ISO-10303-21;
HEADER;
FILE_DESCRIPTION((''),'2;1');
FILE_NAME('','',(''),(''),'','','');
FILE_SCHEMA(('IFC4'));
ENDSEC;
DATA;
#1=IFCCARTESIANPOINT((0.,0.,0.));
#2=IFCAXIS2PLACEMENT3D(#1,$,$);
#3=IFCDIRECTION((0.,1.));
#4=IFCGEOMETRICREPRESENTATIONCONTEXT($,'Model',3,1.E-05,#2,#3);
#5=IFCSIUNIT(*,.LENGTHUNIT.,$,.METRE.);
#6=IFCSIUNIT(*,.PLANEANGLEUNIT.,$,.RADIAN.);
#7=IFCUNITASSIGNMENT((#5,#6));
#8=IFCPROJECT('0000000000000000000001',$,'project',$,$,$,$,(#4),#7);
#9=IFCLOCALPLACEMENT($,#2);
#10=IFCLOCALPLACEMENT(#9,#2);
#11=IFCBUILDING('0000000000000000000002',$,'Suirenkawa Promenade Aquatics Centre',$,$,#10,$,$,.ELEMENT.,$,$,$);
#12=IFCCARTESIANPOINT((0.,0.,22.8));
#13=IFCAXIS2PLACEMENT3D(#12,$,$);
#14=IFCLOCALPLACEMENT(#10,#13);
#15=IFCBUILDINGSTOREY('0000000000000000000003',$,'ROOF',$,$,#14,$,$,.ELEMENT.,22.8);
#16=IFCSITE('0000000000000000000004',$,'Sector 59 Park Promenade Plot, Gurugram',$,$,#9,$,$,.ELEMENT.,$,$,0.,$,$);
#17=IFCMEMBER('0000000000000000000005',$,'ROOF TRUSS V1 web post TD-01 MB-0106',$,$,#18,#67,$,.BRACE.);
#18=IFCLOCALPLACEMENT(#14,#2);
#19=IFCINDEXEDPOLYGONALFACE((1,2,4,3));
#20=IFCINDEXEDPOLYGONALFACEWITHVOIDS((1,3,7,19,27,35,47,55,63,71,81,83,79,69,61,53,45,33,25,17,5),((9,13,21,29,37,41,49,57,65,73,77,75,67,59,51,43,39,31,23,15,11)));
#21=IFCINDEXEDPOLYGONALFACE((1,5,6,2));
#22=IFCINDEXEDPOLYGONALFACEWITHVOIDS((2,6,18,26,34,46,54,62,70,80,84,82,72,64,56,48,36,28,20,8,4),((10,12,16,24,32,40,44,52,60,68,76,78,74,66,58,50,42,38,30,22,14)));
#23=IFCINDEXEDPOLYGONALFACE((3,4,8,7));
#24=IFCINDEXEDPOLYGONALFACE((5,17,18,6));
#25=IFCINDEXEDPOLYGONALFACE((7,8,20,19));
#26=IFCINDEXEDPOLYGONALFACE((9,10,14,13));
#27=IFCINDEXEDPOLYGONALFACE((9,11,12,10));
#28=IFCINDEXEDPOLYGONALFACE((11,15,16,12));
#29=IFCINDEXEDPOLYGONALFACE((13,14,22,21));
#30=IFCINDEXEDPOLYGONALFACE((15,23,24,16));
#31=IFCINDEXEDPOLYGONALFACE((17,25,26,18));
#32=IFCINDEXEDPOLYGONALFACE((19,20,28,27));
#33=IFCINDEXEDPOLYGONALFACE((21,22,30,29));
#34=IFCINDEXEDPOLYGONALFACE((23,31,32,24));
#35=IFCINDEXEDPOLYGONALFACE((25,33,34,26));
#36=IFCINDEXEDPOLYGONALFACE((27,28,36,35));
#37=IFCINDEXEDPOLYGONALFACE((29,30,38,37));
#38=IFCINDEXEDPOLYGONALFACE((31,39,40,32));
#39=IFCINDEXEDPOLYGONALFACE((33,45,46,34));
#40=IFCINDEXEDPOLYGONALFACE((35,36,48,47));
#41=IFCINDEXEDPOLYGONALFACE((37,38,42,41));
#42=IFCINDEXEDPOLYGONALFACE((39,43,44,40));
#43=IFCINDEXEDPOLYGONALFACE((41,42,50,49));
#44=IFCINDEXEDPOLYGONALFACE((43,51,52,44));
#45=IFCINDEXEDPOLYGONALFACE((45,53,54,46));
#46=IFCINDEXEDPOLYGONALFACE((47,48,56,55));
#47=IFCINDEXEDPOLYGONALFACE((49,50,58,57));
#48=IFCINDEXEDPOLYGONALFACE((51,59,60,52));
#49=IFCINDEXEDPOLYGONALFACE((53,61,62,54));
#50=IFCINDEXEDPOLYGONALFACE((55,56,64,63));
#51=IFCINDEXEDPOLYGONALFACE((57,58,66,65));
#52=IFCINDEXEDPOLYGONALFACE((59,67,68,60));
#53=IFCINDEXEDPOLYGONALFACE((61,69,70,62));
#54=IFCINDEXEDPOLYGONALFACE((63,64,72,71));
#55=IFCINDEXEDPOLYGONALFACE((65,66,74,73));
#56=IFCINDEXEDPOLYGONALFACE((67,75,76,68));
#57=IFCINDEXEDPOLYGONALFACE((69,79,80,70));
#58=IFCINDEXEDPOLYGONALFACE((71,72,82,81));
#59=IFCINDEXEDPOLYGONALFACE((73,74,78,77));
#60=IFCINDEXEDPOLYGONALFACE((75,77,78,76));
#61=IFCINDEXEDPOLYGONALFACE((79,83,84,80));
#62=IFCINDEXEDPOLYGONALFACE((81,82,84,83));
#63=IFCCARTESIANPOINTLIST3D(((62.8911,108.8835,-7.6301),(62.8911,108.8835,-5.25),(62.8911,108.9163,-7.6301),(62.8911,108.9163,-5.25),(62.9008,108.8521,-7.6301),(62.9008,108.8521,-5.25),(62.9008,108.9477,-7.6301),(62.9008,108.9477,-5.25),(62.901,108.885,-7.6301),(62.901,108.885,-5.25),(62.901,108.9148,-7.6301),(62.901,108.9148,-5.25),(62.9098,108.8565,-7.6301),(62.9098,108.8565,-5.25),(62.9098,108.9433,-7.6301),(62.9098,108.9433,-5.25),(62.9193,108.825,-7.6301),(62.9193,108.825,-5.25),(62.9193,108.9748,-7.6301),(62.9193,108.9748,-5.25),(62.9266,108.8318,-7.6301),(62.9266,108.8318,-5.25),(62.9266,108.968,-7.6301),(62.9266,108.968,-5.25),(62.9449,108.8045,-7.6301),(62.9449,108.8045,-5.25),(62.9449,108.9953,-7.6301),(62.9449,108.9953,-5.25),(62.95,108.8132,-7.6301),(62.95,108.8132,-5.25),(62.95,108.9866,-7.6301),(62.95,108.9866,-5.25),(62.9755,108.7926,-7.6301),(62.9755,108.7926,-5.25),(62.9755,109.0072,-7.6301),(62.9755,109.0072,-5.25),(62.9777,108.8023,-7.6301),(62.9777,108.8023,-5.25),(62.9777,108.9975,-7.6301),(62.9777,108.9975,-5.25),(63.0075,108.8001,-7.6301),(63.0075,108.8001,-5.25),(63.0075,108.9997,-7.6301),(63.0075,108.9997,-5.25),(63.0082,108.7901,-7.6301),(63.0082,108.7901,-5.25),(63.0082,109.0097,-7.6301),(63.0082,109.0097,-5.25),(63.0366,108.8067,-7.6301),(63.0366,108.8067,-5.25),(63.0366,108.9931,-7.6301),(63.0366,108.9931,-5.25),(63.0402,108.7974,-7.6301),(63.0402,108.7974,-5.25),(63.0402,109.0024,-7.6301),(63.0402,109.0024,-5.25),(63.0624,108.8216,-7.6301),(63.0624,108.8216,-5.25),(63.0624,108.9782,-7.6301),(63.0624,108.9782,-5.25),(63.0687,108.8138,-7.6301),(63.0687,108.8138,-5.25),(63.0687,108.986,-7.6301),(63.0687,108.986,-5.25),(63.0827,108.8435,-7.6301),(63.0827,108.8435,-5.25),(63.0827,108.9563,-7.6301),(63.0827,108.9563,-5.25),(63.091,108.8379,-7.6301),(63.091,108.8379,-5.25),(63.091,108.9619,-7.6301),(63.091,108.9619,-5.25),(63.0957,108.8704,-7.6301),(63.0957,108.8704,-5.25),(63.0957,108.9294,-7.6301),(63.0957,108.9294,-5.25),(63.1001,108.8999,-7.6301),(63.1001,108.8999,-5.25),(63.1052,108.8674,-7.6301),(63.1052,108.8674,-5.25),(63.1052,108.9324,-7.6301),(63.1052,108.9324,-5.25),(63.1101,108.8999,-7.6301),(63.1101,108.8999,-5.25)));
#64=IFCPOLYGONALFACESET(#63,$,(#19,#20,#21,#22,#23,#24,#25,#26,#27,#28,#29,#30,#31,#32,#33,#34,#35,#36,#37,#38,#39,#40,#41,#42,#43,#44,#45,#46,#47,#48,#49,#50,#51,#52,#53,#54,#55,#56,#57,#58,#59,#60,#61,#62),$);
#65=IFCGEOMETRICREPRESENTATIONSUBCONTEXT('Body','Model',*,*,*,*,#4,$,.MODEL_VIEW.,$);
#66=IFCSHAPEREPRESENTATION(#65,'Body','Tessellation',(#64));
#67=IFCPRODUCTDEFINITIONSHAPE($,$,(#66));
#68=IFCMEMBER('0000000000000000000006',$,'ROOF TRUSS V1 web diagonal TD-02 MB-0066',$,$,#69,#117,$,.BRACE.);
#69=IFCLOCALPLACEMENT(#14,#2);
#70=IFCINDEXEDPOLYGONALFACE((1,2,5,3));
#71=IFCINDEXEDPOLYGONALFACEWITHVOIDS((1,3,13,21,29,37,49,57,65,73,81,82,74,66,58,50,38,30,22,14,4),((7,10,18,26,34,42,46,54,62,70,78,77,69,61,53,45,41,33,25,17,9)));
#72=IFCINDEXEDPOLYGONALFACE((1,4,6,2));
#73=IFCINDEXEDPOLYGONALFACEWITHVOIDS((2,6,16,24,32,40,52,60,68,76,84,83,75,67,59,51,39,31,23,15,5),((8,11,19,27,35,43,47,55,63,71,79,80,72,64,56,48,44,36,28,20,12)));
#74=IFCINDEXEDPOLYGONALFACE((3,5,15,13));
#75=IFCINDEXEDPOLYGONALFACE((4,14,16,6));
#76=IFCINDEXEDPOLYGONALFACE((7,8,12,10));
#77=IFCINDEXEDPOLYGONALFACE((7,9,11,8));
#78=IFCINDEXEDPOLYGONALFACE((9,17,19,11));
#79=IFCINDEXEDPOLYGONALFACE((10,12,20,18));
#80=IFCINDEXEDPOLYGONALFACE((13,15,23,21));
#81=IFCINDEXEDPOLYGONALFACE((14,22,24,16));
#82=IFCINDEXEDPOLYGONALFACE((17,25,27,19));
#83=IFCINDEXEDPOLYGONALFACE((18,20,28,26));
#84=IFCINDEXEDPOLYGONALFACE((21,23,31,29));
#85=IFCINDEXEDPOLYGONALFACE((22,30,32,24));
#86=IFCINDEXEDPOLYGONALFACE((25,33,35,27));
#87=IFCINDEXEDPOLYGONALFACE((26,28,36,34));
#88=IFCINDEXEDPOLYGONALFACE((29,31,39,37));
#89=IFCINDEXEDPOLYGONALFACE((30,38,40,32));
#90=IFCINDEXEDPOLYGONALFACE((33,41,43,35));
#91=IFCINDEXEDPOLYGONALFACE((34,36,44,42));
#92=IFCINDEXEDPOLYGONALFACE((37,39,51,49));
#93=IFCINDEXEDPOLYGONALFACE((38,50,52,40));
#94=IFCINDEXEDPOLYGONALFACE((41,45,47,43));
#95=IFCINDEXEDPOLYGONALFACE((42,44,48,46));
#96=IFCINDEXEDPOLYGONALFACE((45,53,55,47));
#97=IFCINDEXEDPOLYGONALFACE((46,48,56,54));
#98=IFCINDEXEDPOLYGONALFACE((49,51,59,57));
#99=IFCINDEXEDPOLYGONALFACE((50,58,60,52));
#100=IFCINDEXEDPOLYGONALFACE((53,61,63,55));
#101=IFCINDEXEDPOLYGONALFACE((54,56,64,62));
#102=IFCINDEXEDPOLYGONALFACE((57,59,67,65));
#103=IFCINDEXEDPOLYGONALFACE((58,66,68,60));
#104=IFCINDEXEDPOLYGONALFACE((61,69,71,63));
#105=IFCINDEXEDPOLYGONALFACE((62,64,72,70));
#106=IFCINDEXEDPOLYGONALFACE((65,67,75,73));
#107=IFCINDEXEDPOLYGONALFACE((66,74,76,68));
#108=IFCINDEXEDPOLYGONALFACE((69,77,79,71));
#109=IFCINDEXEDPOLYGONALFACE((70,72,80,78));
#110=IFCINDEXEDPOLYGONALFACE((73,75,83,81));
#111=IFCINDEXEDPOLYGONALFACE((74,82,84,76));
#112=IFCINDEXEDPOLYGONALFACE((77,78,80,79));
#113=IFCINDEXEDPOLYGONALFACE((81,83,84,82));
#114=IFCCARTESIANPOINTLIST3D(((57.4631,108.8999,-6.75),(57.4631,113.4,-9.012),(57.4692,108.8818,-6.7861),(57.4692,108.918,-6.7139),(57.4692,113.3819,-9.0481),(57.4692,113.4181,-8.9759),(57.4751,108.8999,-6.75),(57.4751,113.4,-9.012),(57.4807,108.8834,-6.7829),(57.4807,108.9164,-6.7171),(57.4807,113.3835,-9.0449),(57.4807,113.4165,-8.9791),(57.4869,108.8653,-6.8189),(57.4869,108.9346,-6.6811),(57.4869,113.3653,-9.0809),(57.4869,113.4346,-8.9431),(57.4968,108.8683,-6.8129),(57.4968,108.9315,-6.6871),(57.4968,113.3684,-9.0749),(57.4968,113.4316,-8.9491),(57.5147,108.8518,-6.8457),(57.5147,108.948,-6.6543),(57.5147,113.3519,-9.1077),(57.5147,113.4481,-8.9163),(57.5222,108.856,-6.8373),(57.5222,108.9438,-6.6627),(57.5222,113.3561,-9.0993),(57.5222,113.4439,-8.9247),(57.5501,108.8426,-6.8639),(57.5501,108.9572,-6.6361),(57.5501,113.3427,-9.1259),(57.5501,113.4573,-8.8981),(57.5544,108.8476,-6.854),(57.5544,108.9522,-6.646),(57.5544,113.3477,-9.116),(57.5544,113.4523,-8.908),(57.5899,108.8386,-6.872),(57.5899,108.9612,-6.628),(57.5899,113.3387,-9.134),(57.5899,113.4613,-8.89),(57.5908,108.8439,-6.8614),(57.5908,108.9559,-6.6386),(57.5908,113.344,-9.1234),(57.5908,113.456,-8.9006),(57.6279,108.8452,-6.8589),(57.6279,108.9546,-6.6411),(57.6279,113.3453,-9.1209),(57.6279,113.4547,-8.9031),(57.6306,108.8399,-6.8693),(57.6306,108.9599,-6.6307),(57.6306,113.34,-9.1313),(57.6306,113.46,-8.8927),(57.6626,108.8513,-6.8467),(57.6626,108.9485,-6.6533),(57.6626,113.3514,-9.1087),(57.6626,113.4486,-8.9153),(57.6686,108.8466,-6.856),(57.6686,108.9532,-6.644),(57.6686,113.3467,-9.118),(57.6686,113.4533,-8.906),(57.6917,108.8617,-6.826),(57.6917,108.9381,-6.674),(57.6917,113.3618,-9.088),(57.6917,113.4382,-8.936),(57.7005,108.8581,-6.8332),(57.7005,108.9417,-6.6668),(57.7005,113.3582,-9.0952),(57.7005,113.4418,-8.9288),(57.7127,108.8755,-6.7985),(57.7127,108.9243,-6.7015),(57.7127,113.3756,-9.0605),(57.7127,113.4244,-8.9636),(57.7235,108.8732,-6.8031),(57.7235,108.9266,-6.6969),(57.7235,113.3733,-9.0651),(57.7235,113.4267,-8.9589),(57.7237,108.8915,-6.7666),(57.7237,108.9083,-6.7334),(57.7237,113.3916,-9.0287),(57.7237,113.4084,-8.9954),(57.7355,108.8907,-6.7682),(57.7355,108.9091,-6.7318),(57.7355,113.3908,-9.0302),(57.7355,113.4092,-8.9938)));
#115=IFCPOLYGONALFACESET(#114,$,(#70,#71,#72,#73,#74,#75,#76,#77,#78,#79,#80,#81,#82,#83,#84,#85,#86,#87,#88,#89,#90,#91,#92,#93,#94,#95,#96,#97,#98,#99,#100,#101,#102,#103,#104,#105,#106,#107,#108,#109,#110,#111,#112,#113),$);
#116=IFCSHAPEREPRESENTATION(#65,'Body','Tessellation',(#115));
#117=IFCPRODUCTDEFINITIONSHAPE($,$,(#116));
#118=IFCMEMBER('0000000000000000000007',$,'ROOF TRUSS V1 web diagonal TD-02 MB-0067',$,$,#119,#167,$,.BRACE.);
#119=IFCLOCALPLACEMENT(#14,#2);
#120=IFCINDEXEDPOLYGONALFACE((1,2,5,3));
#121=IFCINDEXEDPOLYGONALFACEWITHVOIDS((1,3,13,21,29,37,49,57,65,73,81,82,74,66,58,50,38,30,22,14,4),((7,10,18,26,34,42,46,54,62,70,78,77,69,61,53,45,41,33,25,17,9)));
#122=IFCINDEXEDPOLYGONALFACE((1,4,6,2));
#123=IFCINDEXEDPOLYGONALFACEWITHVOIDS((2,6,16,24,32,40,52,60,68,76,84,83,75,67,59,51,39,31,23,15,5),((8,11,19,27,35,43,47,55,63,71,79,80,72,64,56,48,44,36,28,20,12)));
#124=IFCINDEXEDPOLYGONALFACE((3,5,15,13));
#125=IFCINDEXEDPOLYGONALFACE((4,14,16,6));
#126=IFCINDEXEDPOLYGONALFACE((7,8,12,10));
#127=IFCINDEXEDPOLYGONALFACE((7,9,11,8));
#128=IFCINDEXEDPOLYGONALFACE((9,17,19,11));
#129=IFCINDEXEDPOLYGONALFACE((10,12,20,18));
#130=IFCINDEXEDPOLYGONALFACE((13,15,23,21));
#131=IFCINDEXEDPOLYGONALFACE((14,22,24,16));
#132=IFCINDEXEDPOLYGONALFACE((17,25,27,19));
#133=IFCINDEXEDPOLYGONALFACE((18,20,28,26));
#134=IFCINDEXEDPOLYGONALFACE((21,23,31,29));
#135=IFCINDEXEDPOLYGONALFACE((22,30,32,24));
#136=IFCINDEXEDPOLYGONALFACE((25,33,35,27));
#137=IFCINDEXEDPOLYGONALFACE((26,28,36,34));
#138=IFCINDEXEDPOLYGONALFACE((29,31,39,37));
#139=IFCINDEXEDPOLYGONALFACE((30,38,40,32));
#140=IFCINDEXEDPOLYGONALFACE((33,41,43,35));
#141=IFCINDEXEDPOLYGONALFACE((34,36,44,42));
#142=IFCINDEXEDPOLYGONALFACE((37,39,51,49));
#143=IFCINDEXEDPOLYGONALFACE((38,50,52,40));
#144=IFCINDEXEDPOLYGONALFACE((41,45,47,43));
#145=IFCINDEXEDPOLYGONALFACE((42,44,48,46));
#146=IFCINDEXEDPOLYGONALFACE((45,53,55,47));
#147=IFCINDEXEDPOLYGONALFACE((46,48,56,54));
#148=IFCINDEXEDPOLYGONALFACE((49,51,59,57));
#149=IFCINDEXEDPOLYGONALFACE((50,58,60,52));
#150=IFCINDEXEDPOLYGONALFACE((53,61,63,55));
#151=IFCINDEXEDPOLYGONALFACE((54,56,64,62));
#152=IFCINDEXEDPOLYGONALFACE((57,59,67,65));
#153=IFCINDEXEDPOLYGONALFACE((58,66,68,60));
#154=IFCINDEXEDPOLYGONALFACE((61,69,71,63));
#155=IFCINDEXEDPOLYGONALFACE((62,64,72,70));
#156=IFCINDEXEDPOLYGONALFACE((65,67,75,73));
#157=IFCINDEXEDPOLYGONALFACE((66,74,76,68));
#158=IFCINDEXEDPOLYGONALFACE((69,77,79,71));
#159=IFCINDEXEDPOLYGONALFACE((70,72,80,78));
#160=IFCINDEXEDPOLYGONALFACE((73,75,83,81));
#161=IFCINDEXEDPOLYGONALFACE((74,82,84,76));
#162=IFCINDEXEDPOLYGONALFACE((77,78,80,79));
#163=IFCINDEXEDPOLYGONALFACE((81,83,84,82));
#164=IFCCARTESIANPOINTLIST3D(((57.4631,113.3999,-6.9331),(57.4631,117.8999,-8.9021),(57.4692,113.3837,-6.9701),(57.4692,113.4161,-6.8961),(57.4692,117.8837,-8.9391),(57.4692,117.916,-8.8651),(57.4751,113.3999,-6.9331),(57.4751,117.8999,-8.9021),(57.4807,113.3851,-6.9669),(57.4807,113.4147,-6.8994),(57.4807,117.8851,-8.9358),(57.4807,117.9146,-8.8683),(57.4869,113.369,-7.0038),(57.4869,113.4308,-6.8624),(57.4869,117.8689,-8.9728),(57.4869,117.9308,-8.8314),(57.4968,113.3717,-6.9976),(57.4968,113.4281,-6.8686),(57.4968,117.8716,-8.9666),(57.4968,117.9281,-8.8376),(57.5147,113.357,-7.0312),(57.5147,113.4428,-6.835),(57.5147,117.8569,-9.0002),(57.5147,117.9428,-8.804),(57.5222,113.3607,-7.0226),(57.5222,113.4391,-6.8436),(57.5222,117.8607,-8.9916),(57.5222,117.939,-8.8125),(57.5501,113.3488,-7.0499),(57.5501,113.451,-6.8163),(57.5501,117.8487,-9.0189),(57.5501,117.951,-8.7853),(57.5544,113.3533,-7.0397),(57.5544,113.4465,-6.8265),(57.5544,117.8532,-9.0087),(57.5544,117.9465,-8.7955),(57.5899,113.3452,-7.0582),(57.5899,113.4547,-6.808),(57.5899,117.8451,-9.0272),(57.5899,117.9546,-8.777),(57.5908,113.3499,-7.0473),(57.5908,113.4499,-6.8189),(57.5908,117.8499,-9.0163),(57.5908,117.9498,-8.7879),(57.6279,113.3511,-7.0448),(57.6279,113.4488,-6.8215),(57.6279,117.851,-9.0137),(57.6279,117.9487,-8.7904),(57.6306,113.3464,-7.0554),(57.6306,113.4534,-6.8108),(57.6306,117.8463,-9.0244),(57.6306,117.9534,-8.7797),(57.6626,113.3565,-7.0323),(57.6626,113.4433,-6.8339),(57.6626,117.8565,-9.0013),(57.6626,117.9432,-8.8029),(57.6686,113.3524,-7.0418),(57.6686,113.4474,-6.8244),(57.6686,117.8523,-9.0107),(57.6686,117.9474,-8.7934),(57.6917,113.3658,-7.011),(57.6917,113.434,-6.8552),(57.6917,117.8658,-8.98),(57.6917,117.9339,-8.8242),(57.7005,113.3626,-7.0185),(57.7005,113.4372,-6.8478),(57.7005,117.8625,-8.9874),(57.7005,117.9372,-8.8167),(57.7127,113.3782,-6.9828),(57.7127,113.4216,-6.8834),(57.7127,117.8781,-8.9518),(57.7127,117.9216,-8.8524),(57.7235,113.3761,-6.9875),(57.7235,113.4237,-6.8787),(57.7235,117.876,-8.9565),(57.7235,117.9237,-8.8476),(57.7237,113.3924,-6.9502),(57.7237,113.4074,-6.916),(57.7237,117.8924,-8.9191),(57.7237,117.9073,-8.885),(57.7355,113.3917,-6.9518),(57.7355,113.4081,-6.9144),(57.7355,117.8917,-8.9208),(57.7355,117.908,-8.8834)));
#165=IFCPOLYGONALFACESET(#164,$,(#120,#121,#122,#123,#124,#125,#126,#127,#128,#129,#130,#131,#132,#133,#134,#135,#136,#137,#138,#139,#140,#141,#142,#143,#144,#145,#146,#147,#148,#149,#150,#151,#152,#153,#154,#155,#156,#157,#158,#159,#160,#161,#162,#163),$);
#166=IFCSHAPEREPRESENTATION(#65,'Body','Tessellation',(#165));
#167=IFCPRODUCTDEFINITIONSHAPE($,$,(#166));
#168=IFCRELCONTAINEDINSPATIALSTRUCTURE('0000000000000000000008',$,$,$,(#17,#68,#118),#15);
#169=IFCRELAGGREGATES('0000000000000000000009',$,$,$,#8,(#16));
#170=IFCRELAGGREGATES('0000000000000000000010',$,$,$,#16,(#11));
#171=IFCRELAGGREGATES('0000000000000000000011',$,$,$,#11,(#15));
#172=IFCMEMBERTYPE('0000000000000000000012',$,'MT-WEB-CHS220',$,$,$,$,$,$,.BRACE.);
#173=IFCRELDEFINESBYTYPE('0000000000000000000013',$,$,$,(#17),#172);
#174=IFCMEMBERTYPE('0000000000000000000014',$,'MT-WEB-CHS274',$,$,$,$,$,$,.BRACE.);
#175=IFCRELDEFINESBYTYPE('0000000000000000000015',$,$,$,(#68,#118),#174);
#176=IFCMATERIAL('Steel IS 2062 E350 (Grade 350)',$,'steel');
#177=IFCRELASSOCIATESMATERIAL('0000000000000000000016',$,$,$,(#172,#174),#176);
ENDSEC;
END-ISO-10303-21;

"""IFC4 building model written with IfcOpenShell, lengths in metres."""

from ifc_helpers import new_model, si_unit, direction, frame, origin, origin_2d, place, context, subcontext, project, spatial, hollow_circle, extrude, material, material_profile, profile_set, type_object, element, save


model = new_model("IFC4")

# Units and contexts
model_context = context("Model", 3, precision=1e-05, world=origin(), true_north=direction((0.0, 1.0)))
body_context = subcontext(model_context, "Body", "Model", "MODEL_VIEW")
ifc_project = project(units=[si_unit("LENGTHUNIT", "METRE"), si_unit("PLANEANGLEUNIT", "RADIAN")], contexts=[model_context])

# Site, building, storey
site_placement = place(None, origin())
site = spatial("IfcSite", under=ifc_project, at=site_placement, Name="Sector 59 Park Promenade Plot, Gurugram", CompositionType="ELEMENT", RefElevation=0.0)
building_placement = place(site_placement, origin())
building = spatial("IfcBuilding", under=site, at=building_placement, Name="Suirenkawa Promenade Aquatics Centre", CompositionType="ELEMENT")
storey_placement = place(building_placement, frame((0.0, 0.0, 22.8)))
storey = spatial("IfcBuildingStorey", under=building, at=storey_placement, Name="ROOF", CompositionType="ELEMENT", Elevation=22.8)

# Shared definitions
ifc_material = material(Name="Steel IS 2062 E350 (Grade 350)", Category="steel")

# Members
ifc_material_profile_1 = material_profile(ifc_material, hollow_circle(Radius=0.1101, WallThickness=0.01, at=origin_2d()), Name="CHS 220x10", Category="steel")
ifc_profile_set_1 = profile_set([ifc_material_profile_1], Name="Steel IS 2062 E350 (Grade 350)")
member_type_1 = type_object("IfcMemberType", Name="MT-WEB-CHS220", PredefinedType="BRACE", material=ifc_profile_set_1)
member_1_placement = place(storey_placement, frame((63.0, 108.8999, -7.6301), z_axis=(0.0, 0.0, 1.0), x_axis=(1.0, 0.0, 0.0)))
element("IfcMember", 1, at=member_1_placement, inside=storey, type_object=member_type_1, Name="ROOF TRUSS V1 web post TD-01 MB-0106", PredefinedType="BRACE", context=body_context, shape_type="SweptSolid", body=[
    extrude(hollow_circle(Radius=0.1101, WallThickness=0.01, at=origin_2d()), origin(), (0.0, 0.0, 1.0), 2.3801),
])
ifc_material_profile_2 = material_profile(ifc_material, hollow_circle(Radius=0.137, WallThickness=0.012, at=origin_2d()), Name="CHS 274x12", Category="steel")
ifc_profile_set_2 = profile_set([ifc_material_profile_2], Name="Steel IS 2062 E350 (Grade 350)")
member_type_2 = type_object("IfcMemberType", Name="MT-WEB-CHS274", PredefinedType="BRACE", material=ifc_profile_set_2)
member_2_placement = place(storey_placement, frame((57.6001, 108.8999, -6.75), z_axis=(0.0, 0.893475, -0.449113), x_axis=(-1.0, 0.0, 0.0)))
element("IfcMember", 2, at=member_2_placement, inside=storey, type_object=member_type_2, Name="ROOF TRUSS V1 web diagonal TD-02 MB-0066", PredefinedType="BRACE", context=body_context, shape_type="SweptSolid", body=[
    extrude(hollow_circle(Radius=0.137, WallThickness=0.012, at=origin_2d()), origin(), (0.0, 0.0, 1.0), 5.0366),
])
member_3_placement = place(storey_placement, frame((57.6001, 113.3999, -6.9331), z_axis=(0.0, 0.916139, -0.400861), x_axis=(-1.0, 0.0, 0.0)))
element("IfcMember", 3, at=member_3_placement, inside=storey, type_object=member_type_2, Name="ROOF TRUSS V1 web diagonal TD-02 MB-0067", PredefinedType="BRACE", context=body_context, shape_type="SweptSolid", body=[
    extrude(hollow_circle(Radius=0.137, WallThickness=0.012, at=origin_2d()), origin(), (0.0, 0.0, 1.0), 4.9119),
])

save(model, "model.ifc")
